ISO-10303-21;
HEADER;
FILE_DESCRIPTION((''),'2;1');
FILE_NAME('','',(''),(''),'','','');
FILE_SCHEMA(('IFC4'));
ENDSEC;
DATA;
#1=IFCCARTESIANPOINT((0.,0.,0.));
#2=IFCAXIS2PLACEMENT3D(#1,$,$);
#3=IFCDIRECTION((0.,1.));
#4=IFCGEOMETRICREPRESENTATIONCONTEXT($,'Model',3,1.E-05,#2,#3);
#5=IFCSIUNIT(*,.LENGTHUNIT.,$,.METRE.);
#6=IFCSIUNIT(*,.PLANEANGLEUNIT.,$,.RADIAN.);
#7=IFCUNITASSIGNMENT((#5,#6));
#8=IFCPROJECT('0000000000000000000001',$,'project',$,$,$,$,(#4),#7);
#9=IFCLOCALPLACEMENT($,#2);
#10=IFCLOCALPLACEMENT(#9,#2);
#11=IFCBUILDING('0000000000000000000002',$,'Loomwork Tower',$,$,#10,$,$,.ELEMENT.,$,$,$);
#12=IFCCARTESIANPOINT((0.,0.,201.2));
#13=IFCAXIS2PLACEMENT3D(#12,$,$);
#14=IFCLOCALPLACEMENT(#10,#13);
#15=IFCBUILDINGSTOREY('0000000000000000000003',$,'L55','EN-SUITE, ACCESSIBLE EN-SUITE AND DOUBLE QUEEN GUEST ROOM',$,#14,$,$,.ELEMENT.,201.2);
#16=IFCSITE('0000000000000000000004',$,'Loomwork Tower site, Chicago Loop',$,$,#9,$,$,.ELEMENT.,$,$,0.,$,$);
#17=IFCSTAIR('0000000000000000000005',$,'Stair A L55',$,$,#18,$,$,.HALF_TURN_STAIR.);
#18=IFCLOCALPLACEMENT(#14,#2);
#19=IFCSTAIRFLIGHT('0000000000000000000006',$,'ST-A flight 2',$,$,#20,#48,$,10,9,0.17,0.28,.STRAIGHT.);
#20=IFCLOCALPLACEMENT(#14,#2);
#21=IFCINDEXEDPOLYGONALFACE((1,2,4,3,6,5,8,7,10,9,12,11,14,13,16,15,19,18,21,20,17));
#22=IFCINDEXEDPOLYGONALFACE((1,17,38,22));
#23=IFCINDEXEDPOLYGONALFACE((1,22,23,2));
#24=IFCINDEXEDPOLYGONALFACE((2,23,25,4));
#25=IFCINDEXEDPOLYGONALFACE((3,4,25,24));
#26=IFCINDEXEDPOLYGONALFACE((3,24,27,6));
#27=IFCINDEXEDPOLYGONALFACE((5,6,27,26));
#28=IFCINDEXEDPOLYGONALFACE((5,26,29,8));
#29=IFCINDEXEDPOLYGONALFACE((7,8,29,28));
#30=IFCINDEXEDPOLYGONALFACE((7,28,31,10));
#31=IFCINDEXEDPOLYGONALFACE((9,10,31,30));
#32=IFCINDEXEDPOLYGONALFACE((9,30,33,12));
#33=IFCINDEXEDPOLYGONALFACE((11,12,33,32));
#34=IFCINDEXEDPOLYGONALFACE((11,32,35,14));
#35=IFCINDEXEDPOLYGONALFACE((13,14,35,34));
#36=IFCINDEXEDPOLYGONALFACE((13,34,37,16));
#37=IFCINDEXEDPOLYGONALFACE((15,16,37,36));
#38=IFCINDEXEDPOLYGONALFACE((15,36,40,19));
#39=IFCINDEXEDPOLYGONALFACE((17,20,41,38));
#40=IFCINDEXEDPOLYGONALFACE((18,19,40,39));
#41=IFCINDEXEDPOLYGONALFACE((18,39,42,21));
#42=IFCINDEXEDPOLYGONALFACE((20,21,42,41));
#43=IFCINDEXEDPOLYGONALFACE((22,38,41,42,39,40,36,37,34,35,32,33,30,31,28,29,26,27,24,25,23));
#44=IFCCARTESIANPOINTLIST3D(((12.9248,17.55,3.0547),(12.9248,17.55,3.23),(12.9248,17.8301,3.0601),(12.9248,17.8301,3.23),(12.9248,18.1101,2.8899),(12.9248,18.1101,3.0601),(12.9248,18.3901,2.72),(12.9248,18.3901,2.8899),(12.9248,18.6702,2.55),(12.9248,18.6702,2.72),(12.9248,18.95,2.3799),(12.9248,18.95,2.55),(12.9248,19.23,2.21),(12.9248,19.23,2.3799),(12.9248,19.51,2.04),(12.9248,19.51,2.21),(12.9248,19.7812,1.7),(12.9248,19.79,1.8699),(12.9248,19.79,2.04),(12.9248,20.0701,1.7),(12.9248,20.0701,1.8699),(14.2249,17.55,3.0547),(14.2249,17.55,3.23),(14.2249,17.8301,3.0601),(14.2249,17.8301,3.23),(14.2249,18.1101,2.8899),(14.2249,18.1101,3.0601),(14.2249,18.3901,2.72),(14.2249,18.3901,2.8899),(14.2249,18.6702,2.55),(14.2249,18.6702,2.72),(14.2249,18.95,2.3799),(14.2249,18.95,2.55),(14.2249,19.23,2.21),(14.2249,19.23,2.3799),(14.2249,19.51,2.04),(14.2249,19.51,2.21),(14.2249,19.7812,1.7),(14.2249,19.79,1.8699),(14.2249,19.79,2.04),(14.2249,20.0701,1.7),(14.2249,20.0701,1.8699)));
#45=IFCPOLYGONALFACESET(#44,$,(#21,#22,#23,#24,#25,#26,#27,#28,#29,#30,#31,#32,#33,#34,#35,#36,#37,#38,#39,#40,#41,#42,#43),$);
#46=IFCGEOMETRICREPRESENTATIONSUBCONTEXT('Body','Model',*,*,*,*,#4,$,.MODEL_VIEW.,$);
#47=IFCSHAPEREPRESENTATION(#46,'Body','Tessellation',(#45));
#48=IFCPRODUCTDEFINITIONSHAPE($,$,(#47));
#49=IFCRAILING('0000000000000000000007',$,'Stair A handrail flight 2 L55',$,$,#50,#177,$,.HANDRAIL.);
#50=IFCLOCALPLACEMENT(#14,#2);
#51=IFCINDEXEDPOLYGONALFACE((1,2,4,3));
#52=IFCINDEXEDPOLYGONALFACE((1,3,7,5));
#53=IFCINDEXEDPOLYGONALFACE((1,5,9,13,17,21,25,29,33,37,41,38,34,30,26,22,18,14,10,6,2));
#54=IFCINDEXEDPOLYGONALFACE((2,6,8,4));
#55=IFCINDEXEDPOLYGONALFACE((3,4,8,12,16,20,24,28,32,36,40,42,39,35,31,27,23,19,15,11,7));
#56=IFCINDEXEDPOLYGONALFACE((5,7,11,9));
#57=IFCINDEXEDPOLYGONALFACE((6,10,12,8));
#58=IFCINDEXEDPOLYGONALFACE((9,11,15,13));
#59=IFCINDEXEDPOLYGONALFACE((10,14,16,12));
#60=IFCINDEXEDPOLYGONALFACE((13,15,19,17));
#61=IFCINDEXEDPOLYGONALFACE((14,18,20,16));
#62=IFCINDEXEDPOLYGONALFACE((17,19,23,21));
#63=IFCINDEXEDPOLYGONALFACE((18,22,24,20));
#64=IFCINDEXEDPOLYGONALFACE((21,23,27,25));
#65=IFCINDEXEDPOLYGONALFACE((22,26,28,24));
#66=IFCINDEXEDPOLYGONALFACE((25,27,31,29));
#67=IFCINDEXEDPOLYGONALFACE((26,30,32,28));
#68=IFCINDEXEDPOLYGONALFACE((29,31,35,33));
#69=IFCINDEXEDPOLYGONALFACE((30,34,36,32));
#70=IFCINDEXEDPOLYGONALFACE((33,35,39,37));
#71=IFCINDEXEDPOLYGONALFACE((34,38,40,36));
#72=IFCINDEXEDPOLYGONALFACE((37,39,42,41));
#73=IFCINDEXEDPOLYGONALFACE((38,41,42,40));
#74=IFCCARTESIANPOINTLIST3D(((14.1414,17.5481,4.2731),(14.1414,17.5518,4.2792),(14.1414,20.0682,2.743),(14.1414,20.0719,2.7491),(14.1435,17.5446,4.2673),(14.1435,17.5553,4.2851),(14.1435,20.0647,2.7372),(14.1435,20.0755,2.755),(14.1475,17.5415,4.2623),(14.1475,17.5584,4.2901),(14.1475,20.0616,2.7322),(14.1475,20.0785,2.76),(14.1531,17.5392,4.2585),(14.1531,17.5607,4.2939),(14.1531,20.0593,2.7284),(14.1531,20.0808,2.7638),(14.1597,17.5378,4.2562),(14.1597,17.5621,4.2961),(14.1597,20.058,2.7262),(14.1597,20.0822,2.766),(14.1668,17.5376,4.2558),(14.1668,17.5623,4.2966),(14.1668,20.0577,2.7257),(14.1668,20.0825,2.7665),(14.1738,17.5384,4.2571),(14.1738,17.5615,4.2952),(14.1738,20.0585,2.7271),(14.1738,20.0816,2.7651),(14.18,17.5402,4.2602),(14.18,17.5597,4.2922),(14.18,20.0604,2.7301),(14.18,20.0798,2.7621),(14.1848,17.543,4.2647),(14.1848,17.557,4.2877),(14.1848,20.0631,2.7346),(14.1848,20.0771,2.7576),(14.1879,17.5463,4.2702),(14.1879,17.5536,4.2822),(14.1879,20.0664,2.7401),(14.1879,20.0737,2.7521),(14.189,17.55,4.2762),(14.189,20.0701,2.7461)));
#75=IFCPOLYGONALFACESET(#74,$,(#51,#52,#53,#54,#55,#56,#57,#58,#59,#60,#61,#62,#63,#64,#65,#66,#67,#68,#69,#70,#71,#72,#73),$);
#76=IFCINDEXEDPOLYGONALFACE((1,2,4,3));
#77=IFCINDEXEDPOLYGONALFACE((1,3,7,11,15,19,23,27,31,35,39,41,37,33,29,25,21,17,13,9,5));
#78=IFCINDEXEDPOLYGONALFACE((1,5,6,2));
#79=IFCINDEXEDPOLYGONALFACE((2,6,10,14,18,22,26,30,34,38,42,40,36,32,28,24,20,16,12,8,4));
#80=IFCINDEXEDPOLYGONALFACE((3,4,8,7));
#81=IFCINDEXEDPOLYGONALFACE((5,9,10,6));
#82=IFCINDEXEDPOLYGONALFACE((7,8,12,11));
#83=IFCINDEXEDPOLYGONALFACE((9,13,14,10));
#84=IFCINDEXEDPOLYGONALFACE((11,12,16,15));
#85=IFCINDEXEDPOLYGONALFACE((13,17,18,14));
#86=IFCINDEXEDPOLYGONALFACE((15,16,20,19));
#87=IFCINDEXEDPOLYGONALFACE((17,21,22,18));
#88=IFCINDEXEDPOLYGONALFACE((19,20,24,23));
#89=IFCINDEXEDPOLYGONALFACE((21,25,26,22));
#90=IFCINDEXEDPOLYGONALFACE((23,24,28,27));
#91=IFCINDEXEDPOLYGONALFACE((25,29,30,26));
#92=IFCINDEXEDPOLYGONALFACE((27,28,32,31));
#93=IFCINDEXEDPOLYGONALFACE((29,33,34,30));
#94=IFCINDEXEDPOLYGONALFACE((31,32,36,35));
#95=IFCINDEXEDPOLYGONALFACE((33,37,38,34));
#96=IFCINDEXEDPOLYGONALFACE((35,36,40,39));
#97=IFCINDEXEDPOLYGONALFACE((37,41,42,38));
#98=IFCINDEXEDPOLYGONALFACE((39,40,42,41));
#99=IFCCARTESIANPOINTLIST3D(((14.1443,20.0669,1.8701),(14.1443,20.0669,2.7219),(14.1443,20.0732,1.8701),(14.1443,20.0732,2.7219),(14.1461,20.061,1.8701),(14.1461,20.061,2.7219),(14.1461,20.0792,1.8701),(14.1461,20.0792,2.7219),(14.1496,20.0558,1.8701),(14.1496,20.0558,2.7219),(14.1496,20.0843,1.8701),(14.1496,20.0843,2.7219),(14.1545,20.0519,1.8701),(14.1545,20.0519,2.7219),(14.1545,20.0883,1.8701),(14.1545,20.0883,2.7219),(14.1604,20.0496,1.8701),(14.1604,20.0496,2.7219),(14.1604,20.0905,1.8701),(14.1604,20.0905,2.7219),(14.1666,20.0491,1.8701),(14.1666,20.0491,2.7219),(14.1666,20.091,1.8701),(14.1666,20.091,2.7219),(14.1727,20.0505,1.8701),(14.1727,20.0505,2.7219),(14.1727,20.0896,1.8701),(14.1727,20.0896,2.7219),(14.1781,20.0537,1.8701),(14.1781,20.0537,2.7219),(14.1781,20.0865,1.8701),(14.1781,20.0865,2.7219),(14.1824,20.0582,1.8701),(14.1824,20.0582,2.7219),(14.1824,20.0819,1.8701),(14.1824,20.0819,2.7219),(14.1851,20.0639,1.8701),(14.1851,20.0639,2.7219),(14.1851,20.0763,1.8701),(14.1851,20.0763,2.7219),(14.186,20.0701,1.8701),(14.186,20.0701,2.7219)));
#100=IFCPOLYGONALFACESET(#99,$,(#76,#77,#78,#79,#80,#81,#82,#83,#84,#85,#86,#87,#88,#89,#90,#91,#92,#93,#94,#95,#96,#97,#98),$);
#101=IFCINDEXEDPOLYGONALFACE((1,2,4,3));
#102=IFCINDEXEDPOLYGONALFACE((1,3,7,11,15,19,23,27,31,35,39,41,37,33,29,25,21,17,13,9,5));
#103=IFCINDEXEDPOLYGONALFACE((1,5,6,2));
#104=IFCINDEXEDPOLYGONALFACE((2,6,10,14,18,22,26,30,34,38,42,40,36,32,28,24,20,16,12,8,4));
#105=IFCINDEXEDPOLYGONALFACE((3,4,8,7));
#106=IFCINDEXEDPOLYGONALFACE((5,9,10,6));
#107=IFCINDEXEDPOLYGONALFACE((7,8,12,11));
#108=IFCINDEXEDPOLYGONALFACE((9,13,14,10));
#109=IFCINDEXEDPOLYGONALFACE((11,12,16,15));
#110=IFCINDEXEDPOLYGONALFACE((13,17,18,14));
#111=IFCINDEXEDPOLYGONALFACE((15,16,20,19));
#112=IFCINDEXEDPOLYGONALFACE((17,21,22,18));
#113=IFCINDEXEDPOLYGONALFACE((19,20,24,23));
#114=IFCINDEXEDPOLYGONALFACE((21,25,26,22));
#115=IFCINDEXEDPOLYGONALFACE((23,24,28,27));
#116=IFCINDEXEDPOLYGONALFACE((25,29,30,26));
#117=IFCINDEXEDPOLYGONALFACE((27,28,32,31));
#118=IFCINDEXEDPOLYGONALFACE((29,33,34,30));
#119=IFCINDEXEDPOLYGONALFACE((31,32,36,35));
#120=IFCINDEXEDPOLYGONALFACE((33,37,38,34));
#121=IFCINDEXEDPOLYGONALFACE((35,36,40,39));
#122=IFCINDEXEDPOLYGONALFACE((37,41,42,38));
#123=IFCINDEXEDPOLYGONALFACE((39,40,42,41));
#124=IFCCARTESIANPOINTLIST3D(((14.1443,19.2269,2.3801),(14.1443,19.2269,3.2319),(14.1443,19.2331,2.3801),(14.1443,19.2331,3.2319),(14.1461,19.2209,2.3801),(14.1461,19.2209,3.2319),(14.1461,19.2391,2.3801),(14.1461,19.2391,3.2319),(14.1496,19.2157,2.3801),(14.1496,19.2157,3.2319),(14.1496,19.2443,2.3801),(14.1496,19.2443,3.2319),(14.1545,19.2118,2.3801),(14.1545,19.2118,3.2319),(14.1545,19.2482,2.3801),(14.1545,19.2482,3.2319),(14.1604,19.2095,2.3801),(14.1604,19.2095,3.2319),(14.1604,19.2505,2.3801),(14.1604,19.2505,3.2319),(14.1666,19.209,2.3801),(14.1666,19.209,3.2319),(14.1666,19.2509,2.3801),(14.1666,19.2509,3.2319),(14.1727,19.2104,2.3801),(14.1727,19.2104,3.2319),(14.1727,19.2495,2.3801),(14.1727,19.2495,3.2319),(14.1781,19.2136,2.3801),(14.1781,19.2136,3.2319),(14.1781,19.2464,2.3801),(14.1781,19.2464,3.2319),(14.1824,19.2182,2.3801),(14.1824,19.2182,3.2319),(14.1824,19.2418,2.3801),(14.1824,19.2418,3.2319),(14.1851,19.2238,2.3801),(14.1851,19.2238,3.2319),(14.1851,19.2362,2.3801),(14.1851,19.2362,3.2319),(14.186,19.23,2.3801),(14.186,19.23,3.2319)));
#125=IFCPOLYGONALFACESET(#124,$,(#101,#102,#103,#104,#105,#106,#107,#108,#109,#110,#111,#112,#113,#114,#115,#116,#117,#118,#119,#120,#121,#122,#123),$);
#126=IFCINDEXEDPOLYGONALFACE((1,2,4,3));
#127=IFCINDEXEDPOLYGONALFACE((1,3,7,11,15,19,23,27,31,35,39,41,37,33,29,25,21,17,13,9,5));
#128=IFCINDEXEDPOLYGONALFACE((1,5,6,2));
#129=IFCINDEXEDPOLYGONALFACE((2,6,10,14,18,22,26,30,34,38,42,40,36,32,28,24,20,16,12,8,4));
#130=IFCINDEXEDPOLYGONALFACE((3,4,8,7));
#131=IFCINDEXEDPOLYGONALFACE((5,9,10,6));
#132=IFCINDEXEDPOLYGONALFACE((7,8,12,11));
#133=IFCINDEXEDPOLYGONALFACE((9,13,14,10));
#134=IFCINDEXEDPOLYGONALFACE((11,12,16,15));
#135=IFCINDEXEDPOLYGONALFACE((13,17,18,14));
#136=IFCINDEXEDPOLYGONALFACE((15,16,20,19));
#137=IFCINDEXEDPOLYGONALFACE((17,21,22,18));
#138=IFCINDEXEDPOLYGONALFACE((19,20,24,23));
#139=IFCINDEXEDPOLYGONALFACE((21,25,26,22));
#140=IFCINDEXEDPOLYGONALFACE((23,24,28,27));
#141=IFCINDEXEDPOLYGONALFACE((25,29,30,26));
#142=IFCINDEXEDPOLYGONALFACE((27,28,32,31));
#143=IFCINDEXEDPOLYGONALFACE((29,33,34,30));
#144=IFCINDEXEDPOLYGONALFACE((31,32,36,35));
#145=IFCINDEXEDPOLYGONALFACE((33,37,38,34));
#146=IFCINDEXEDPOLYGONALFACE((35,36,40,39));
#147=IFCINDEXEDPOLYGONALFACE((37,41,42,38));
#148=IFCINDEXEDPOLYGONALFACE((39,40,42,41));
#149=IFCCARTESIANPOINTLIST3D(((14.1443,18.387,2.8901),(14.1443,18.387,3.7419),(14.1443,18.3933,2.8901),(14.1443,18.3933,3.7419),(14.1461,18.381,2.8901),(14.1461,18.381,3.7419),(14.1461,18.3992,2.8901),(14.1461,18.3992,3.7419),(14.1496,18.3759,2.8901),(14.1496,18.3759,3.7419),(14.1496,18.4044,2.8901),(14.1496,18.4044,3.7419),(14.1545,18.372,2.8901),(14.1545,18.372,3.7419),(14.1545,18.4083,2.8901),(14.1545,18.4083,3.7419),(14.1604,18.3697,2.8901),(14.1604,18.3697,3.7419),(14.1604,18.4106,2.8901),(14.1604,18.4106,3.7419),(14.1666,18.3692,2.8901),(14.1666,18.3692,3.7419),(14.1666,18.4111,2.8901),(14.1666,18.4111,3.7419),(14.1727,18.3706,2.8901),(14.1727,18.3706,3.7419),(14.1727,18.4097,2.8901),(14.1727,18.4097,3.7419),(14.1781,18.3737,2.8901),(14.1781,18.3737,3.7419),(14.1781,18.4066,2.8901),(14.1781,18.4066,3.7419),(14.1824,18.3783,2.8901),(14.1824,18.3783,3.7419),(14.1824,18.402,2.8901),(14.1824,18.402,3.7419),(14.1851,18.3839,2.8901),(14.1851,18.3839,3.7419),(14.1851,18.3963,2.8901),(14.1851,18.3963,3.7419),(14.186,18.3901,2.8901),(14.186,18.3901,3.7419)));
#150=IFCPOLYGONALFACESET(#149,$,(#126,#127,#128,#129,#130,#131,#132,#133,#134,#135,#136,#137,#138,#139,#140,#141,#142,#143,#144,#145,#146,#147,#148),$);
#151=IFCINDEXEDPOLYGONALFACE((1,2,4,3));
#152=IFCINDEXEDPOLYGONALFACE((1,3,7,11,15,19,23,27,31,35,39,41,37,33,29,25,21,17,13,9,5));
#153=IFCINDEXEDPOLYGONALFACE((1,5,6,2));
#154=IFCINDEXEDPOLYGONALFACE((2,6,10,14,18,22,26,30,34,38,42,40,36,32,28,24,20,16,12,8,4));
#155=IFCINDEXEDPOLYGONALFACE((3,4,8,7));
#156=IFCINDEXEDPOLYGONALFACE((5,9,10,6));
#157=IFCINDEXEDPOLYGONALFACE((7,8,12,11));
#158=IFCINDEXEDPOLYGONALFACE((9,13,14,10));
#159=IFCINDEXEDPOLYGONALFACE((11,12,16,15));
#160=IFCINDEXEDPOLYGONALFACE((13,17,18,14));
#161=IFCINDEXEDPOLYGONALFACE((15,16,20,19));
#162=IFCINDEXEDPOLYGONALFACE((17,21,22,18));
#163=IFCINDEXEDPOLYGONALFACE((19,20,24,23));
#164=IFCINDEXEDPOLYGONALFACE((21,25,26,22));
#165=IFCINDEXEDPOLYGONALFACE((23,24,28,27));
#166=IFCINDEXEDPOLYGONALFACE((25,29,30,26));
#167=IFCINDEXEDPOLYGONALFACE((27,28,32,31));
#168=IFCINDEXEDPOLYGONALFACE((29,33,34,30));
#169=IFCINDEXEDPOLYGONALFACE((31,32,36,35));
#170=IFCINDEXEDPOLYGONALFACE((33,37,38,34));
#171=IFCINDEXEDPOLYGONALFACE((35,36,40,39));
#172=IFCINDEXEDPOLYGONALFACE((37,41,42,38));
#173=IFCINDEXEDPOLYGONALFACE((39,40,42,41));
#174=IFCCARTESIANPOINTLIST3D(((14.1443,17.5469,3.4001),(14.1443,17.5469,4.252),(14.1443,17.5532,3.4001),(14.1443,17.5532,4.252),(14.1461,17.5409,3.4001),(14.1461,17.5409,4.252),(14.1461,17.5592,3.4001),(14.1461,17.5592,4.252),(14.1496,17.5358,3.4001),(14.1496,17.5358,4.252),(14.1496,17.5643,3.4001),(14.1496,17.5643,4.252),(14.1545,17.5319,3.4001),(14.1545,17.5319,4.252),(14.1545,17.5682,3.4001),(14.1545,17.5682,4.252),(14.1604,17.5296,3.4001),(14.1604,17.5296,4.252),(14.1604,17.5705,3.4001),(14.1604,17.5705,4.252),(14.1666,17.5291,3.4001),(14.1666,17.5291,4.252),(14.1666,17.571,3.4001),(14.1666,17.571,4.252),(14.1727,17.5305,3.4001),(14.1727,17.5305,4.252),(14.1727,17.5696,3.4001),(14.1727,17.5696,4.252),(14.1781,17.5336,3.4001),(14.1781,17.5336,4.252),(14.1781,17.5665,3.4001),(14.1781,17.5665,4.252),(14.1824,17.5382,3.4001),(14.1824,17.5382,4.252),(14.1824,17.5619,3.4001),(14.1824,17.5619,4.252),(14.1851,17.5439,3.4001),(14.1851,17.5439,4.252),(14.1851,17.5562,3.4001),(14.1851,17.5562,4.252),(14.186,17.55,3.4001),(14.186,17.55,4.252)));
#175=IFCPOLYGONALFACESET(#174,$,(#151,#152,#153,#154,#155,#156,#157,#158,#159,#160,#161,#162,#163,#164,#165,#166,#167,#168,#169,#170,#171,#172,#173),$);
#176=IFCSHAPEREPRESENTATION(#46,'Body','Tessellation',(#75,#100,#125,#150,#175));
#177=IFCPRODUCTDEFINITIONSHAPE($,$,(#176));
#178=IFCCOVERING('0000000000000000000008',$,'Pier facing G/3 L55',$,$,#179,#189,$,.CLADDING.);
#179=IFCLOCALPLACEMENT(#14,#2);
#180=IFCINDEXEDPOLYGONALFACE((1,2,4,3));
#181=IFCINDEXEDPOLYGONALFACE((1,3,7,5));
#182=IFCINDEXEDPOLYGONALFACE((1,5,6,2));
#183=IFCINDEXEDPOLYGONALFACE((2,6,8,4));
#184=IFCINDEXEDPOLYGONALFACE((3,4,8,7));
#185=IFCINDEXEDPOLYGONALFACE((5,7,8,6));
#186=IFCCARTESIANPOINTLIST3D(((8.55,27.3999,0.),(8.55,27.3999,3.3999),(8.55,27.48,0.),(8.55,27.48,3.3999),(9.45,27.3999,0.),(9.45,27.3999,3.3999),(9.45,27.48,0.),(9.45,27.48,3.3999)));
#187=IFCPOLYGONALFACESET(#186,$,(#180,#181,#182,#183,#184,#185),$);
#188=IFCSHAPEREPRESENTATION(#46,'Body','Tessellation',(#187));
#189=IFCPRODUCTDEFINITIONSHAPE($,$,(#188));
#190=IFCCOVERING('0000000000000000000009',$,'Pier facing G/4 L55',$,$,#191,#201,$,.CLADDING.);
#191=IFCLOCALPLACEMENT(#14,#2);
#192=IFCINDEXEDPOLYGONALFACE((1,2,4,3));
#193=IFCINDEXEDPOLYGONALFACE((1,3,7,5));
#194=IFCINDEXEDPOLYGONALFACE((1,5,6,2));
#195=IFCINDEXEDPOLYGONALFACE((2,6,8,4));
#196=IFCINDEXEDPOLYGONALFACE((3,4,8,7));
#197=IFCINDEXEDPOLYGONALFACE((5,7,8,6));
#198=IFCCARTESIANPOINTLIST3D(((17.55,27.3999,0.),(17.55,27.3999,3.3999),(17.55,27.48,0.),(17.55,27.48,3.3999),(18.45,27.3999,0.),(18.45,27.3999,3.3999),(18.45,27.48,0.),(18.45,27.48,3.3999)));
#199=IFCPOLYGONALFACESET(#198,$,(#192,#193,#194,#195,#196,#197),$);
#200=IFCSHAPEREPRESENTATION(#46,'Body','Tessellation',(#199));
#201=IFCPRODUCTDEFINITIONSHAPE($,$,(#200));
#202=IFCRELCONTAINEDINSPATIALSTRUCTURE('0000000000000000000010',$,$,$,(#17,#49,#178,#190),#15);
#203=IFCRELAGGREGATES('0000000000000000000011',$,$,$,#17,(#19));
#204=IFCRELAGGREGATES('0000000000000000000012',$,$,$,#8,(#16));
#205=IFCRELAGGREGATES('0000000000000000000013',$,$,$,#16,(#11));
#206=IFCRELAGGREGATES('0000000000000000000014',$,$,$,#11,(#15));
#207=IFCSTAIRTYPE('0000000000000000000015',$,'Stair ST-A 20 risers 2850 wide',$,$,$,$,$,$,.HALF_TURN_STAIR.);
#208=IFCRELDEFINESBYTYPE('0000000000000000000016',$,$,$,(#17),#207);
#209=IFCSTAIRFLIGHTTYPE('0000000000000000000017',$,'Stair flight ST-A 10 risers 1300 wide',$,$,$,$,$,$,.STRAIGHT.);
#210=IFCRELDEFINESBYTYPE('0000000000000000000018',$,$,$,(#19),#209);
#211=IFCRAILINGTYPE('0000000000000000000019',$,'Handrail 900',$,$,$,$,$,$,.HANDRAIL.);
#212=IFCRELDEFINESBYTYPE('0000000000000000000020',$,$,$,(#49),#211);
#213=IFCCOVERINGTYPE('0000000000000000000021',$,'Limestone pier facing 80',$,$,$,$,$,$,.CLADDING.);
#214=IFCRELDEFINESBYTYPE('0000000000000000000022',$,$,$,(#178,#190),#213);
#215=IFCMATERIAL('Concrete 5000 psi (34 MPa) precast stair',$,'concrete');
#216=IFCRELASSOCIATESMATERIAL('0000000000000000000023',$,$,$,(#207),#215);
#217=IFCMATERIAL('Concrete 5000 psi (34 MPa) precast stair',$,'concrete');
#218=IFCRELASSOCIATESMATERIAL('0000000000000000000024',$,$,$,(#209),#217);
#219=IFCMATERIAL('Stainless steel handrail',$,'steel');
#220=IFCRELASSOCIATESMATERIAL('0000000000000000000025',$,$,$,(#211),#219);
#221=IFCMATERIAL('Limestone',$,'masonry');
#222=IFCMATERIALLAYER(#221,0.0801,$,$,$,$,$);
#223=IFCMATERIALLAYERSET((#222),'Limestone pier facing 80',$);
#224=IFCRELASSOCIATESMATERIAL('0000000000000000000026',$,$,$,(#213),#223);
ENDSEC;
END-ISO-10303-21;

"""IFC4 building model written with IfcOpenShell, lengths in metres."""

from ifc_helpers import new_model, si_unit, direction, frame, origin, origin_2d, place, context, subcontext, project, spatial, polyline, rectangle, circle, outline, extrude, material, layer, layer_set, type_object, element, aggregate, save


model = new_model("IFC4")

# Units and contexts
model_context = context("Model", 3, precision=1e-05, world=origin(), true_north=direction((0.0, 1.0)))
body_context = subcontext(model_context, "Body", "Model", "MODEL_VIEW")
ifc_project = project(units=[si_unit("LENGTHUNIT", "METRE"), si_unit("PLANEANGLEUNIT", "RADIAN")], contexts=[model_context])

# Site, building, storey
site_placement = place(None, origin())
site = spatial("IfcSite", under=ifc_project, at=site_placement, Name="Loomwork Tower site, Chicago Loop", CompositionType="ELEMENT", RefElevation=0.0)
building_placement = place(site_placement, origin())
building = spatial("IfcBuilding", under=site, at=building_placement, Name="Loomwork Tower", CompositionType="ELEMENT")
storey_placement = place(building_placement, frame((0.0, 0.0, 201.2)))
storey = spatial("IfcBuildingStorey", under=building, at=storey_placement, Name="L55", Description="EN-SUITE, ACCESSIBLE EN-SUITE AND DOUBLE QUEEN GUEST ROOM", CompositionType="ELEMENT", Elevation=201.2)

# Stair, stair flight
ifc_material_1 = material(Name="Concrete 5000 psi (34 MPa) precast stair", Category="concrete")
stair_type = type_object("IfcStairType", Name="Stair ST-A 20 risers 2850 wide", PredefinedType="HALF_TURN_STAIR", material=ifc_material_1)
stair_placement = place(storey_placement, origin())
stair = element("IfcStair", 1, at=stair_placement, inside=storey, type_object=stair_type, Name="Stair A L55", PredefinedType="HALF_TURN_STAIR")
ifc_material_2 = material(Name="Concrete 5000 psi (34 MPa) precast stair", Category="concrete")
stair_flight_type = type_object("IfcStairFlightType", Name="Stair flight ST-A 10 risers 1300 wide", PredefinedType="STRAIGHT", material=ifc_material_2)
stair_flight_placement = place(storey_placement, frame((13.575, 20.0701, 1.7), z_axis=(0.0, 0.0, 1.0), x_axis=(0.0, -1.0, 0.0)))
stair_flight = element("IfcStairFlight", 2, at=stair_flight_placement, type_object=stair_flight_type, Name="ST-A flight 2", NumberOfRisers=10, NumberOfTreads=9, PredefinedType="STRAIGHT", RiserHeight=0.17, TreadLength=0.28, context=body_context, shape_type="SweptSolid", body=[
    extrude(outline(polyline([(0.0, 0.0), (0.0, 0.1699), (0.28, 0.1699), (0.28, 0.3401), (0.5601, 0.3401), (0.5601, 0.51), (0.8401, 0.51), (0.8401, 0.6799), (1.1201, 0.6799), (1.1201, 0.8501), (1.3999, 0.8501), (1.3999, 1.02), (1.6799, 1.02), (1.6799, 1.1899), (1.96, 1.1899), (1.96, 1.3601), (2.24, 1.3601), (2.24, 1.53), (2.52, 1.53), (2.52, 1.7), (2.52, 1.3547), (0.2888, 0.0), (0.0, 0.0)])), frame((0.0, 0.6499, 0.0), z_axis=(0.0, -1.0, 0.0), x_axis=(1.0, 0.0, 0.0)), (0.0, 0.0, 1.0), 1.3),
])
aggregate(stair, [stair_flight])

# Railing
ifc_material_3 = material(Name="Stainless steel handrail", Category="steel")
railing_type = type_object("IfcRailingType", Name="Handrail 900", PredefinedType="HANDRAIL", material=ifc_material_3)
railing_placement = place(storey_placement, frame((14.165, 20.0701, 1.8701)))
element("IfcRailing", 3, at=railing_placement, inside=storey, type_object=railing_type, Name="Stair A handrail flight 2 L55", PredefinedType="HANDRAIL", context=body_context, shape_type="SweptSolid", body=[
    extrude(circle(Radius=0.0239, at=origin_2d()), frame((0.0, 0.0, 0.876), z_axis=(0.0, -0.854785, 0.518982), x_axis=(1.0, 0.0, 0.0)), (0.0, 0.0, 1.0), 2.9482),
    extrude(circle(Radius=0.021, at=origin_2d()), origin(), (0.0, 0.0, 1.0), 0.8518),
    extrude(circle(Radius=0.021, at=origin_2d()), frame((0.0, -0.8401, 0.51)), (0.0, 0.0, 1.0), 0.8518),
    extrude(circle(Radius=0.021, at=origin_2d()), frame((0.0, -1.6799, 1.02)), (0.0, 0.0, 1.0), 0.8518),
    extrude(circle(Radius=0.021, at=origin_2d()), frame((0.0, -2.52, 1.53)), (0.0, 0.0, 1.0), 0.8518),
])

# Coverings
ifc_material_4 = material(Name="Limestone", Category="masonry")
ifc_layer_1 = layer(ifc_material_4, 0.0801)
ifc_layer_set_1 = layer_set([ifc_layer_1], Name="Limestone pier facing 80")
covering_type = type_object("IfcCoveringType", Name="Limestone pier facing 80", PredefinedType="CLADDING", material=ifc_layer_set_1)
for number, where, z_axis, x_axis, name in (
    (4, (9.0, 27.4399, 0.0), (0.0, 0.0, 1.0), (1.0, 0.0, 0.0), "Pier facing G/3 L55"),
    (5, (18.0, 27.4399, 0.0), (0.0, 0.0, 1.0), (1.0, 0.0, 0.0), "Pier facing G/4 L55"),
):
    element("IfcCovering", number, at=place(storey_placement, frame(where, z_axis=z_axis, x_axis=x_axis)), inside=storey, type_object=covering_type, Name=name, PredefinedType="CLADDING", context=body_context, shape_type="SweptSolid", body=[
        extrude(rectangle(XDim=0.8999, YDim=0.0801, at=origin_2d()), origin(), (0.0, 0.0, 1.0), 3.3999),
    ])

save(model, "model.ifc")
